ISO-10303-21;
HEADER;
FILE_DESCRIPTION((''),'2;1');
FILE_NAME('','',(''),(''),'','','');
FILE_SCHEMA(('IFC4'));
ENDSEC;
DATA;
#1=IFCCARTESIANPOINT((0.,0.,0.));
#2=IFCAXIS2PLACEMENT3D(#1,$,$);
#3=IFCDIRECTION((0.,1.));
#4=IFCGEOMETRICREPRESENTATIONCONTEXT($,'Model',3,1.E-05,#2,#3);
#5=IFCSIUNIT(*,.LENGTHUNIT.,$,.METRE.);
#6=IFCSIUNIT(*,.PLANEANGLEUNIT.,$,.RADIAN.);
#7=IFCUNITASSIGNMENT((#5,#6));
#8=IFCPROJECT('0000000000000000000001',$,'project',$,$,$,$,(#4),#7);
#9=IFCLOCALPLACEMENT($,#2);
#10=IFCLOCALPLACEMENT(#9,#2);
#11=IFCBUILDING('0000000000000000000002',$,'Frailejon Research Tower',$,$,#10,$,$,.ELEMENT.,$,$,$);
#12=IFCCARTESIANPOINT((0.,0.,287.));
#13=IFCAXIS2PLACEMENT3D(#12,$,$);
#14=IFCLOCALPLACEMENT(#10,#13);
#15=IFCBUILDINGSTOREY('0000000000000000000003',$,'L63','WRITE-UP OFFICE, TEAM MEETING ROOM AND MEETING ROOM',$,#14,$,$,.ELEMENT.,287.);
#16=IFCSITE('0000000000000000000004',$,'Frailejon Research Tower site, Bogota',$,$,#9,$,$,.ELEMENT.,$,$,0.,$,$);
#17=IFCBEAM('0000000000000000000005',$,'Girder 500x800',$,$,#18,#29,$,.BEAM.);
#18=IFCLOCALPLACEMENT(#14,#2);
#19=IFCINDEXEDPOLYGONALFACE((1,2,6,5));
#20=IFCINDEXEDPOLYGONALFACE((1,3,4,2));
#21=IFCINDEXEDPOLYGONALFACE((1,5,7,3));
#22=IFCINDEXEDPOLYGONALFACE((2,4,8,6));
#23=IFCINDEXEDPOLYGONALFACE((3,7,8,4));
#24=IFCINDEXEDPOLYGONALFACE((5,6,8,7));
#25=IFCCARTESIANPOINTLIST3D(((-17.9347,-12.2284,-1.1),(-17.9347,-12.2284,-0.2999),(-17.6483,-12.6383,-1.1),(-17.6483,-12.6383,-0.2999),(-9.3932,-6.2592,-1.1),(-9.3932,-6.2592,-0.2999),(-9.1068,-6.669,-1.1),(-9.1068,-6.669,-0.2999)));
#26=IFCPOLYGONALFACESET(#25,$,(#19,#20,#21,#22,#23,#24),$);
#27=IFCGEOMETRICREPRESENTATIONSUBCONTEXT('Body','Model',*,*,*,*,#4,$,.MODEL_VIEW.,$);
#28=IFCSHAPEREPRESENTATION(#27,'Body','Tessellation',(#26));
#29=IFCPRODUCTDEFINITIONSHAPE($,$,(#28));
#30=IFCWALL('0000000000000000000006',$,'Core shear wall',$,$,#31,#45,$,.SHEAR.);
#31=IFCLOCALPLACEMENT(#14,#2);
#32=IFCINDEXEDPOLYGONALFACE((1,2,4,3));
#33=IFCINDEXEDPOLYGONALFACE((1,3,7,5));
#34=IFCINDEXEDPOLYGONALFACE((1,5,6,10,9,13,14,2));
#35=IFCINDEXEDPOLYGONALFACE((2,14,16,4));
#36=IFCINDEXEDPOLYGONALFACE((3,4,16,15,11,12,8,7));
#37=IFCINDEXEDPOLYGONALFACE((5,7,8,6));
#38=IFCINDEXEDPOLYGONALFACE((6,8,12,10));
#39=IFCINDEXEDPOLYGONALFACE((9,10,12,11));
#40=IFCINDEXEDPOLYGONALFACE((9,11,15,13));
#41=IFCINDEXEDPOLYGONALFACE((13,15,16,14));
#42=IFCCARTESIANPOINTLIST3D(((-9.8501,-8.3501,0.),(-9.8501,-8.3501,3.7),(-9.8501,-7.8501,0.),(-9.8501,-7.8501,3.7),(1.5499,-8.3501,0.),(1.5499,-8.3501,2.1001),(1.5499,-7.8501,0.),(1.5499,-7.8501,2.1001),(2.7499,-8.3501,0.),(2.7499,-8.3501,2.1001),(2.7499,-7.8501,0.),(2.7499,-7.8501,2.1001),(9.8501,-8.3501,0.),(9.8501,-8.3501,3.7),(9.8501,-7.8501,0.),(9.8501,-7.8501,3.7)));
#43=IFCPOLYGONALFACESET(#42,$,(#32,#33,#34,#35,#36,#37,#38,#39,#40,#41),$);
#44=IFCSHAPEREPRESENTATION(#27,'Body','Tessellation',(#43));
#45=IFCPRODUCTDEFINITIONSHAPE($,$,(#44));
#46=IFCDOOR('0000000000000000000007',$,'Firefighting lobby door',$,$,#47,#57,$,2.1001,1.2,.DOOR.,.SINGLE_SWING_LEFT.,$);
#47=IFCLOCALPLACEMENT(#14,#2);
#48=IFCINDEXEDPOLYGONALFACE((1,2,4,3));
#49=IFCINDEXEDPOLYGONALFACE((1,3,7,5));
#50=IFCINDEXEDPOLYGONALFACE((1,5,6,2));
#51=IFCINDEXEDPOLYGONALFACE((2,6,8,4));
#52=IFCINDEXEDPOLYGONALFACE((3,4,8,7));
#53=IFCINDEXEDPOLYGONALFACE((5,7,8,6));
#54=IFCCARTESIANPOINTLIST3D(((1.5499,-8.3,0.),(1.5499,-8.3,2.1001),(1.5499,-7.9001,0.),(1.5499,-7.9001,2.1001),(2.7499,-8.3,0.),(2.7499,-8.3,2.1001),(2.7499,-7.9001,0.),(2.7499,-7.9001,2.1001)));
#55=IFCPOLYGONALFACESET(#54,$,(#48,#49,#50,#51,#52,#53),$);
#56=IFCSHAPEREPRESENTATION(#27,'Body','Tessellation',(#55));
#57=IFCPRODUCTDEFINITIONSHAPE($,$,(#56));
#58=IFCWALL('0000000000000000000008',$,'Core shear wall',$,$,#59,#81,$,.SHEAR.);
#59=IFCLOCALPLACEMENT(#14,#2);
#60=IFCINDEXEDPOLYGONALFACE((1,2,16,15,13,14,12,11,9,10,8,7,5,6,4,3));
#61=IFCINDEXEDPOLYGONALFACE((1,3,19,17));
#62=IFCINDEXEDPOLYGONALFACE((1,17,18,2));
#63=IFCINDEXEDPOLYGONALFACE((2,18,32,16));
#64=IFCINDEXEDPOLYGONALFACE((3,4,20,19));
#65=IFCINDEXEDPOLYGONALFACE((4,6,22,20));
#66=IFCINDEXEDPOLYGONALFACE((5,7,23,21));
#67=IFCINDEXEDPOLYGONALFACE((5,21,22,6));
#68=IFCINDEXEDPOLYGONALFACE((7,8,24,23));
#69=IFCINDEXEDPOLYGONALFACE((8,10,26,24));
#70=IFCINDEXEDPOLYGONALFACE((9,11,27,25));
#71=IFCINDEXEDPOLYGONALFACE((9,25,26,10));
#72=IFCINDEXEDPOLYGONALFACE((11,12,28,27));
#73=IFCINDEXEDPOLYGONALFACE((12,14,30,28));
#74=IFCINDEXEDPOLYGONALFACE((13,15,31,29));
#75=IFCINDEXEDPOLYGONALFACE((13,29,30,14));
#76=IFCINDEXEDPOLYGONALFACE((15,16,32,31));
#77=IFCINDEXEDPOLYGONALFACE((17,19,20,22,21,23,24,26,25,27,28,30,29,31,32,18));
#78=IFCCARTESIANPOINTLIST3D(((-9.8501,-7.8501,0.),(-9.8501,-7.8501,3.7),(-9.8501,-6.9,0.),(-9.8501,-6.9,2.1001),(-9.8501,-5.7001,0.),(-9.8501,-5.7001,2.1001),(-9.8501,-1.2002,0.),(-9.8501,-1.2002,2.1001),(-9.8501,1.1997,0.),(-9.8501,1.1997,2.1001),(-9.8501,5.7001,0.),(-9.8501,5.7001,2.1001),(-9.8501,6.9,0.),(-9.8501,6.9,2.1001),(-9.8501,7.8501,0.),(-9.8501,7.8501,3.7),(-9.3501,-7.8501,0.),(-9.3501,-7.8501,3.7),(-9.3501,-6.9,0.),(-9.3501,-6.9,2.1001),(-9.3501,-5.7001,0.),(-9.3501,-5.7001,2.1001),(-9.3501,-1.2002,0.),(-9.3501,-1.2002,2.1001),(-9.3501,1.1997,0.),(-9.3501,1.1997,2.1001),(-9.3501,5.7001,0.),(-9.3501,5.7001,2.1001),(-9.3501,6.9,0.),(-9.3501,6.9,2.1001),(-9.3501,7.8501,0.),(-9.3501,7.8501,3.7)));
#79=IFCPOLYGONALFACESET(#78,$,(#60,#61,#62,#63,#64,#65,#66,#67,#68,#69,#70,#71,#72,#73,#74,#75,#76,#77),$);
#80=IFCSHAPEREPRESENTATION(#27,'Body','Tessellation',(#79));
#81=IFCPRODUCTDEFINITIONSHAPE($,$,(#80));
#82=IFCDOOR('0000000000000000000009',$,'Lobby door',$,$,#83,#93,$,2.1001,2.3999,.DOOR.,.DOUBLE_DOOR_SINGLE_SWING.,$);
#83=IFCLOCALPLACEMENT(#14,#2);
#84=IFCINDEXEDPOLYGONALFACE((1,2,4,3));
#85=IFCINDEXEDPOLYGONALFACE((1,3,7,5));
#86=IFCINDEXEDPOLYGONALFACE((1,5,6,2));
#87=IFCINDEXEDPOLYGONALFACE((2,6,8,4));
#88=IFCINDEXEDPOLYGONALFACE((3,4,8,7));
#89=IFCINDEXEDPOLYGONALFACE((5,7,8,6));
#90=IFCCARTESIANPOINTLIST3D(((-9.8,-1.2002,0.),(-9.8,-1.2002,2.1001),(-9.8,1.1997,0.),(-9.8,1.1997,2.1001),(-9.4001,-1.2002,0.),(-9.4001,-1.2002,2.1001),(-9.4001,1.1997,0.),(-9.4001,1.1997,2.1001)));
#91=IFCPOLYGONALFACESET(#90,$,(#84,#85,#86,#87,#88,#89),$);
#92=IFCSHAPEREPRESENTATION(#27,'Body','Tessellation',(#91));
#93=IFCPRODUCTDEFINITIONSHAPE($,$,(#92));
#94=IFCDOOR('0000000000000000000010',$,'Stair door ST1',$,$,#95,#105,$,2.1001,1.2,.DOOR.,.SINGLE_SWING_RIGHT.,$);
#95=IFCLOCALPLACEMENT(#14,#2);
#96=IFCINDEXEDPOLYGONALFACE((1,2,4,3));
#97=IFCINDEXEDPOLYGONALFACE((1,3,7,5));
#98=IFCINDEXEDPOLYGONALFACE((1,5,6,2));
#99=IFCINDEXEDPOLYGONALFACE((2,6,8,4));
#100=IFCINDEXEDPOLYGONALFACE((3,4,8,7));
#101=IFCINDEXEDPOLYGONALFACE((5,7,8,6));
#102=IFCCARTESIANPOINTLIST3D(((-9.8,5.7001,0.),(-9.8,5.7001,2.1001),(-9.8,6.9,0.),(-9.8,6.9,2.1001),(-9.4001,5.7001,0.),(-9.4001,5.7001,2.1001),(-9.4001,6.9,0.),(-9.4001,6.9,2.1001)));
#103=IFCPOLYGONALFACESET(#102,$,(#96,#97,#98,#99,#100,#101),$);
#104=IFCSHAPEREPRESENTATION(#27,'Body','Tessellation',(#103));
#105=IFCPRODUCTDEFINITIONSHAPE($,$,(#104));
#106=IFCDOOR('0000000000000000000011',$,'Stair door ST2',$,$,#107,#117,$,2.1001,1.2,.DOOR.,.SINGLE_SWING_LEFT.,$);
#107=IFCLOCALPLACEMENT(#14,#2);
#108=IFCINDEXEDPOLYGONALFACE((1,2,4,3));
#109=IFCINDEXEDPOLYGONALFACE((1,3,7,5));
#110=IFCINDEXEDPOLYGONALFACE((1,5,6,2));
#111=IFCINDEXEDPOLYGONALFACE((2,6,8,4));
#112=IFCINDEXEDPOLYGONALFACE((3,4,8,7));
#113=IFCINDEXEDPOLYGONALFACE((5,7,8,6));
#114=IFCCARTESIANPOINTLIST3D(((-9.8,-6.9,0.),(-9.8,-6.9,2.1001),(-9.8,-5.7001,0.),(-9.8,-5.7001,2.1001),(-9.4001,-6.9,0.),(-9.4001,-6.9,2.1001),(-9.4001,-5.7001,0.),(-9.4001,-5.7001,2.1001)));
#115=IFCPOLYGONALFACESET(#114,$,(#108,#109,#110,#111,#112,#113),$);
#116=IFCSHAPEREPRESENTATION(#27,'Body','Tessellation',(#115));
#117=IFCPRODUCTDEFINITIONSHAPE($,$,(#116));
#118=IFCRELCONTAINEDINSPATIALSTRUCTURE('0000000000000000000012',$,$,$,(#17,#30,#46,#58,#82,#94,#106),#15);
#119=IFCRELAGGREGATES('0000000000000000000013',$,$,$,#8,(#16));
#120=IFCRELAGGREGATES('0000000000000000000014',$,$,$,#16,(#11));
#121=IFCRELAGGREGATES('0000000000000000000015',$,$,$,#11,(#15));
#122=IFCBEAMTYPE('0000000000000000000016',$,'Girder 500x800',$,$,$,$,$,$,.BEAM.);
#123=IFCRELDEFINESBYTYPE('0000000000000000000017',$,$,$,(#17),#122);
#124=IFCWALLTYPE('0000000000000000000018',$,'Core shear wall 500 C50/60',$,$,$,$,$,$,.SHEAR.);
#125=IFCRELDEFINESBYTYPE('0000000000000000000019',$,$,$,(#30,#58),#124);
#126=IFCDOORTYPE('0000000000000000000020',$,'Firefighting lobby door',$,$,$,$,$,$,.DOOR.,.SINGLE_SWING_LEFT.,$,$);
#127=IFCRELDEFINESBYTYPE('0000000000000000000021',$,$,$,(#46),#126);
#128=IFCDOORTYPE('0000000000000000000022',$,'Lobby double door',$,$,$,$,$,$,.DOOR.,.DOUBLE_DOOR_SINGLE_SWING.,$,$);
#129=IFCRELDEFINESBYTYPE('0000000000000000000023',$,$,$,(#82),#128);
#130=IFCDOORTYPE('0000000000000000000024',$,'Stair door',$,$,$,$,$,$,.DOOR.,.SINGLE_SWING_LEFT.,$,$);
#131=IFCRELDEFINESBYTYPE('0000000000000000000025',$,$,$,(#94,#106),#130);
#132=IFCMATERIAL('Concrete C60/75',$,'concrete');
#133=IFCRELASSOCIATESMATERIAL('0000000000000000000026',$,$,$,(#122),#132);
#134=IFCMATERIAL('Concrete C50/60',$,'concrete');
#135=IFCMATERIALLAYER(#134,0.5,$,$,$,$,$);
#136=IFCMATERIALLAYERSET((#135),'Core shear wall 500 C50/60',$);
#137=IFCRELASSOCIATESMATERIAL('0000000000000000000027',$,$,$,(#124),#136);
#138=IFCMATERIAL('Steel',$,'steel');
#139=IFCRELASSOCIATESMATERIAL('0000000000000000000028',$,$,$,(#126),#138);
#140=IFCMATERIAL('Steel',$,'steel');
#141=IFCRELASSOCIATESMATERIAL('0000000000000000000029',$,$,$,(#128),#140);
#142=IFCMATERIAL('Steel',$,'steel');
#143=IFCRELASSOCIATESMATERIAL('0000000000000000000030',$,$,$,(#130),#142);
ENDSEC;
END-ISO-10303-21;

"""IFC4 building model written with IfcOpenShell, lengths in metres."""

from ifc_helpers import new_model, si_unit, direction, frame, frame_2d, origin, origin_2d, place, context, subcontext, project, spatial, rectangle, extrude, material, layer, layer_set, material_profile, profile_set, type_object, element, fill, save


model = new_model("IFC4")

# Units and contexts
model_context = context("Model", 3, precision=1e-05, world=origin(), true_north=direction((0.0, 1.0)))
body_context = subcontext(model_context, "Body", "Model", "MODEL_VIEW")
ifc_project = project(units=[si_unit("LENGTHUNIT", "METRE"), si_unit("PLANEANGLEUNIT", "RADIAN")], contexts=[model_context])

# Site, building, storey
site_placement = place(None, origin())
site = spatial("IfcSite", under=ifc_project, at=site_placement, Name="Frailejon Research Tower site, Bogota", CompositionType="ELEMENT", RefElevation=0.0)
building_placement = place(site_placement, origin())
building = spatial("IfcBuilding", under=site, at=building_placement, Name="Frailejon Research Tower", CompositionType="ELEMENT")
storey_placement = place(building_placement, frame((0.0, 0.0, 287.0)))
storey = spatial("IfcBuildingStorey", under=building, at=storey_placement, Name="L63", Description="WRITE-UP OFFICE, TEAM MEETING ROOM AND MEETING ROOM", CompositionType="ELEMENT", Elevation=287.0)

# Beam
ifc_material_1 = material(Name="Concrete C60/75", Category="concrete")
ifc_material_profile = material_profile(ifc_material_1, rectangle(XDim=0.5, YDim=0.8, at=origin_2d()), Name="Girder 500x800")
ifc_profile_set = profile_set([ifc_material_profile], Name="Concrete C60/75")
beam_type = type_object("IfcBeamType", Name="Girder 500x800", PredefinedType="BEAM", material=ifc_profile_set)
beam_placement = place(storey_placement, frame((-17.7915, -12.4333, -0.7), z_axis=(0.819674, 0.57283, 0.0), x_axis=(-0.57283, 0.819674, 0.0)))
element("IfcBeam", 1, at=beam_placement, inside=storey, type_object=beam_type, Name="Girder 500x800", PredefinedType="BEAM", context=body_context, shape_type="SweptSolid", body=[
    extrude(rectangle(XDim=0.5, YDim=0.8, at=origin_2d()), origin(), (0.0, 0.0, 1.0), 10.4207),
])

# Wall, opening, door
ifc_material_2 = material(Name="Concrete C50/60", Category="concrete")
ifc_layer_1 = layer(ifc_material_2, 0.5)
ifc_layer_set_1 = layer_set([ifc_layer_1], Name="Core shear wall 500 C50/60")
wall_type_1 = type_object("IfcWallType", Name="Core shear wall 500 C50/60", PredefinedType="SHEAR", material=ifc_layer_set_1)
wall_1_placement = place(storey_placement, frame((-9.8501, -8.1001, 0.0), z_axis=(0.0, 0.0, 1.0), x_axis=(1.0, 0.0, 0.0)))
wall_1 = element("IfcWall", 2, at=wall_1_placement, inside=storey, type_object=wall_type_1, Name="Core shear wall", PredefinedType="SHEAR", context=body_context, shape_type="SweptSolid", body=[
    extrude(rectangle(XDim=19.7002, YDim=0.5, at=frame_2d((9.8501, 0.0))), origin(), (0.0, 0.0, 1.0), 3.7),
])
opening_1_placement = place(wall_1_placement, frame((11.3999, 0.0, 0.0)))
opening_1 = element("IfcOpeningElement", 3, at=opening_1_placement, cuts=wall_1, PredefinedType="OPENING", context=body_context, shape_type="SweptSolid", body=[
    extrude(rectangle(XDim=1.2, YDim=2.1001, at=frame_2d((0.6001, 1.05))), frame((0.0, 0.26, 0.0), z_axis=(0.0, -1.0, 0.0), x_axis=(1.0, 0.0, 0.0)), (0.0, 0.0, 1.0), 0.52),
])
ifc_material_3 = material(Name="Steel", Category="steel")
door_type_1 = type_object("IfcDoorType", Name="Firefighting lobby door", OperationType="SINGLE_SWING_LEFT", PredefinedType="DOOR", material=ifc_material_3)
door_1_placement = place(opening_1_placement, origin())
door_1 = element("IfcDoor", 4, at=door_1_placement, inside=storey, type_object=door_type_1, Name="Firefighting lobby door", OperationType="SINGLE_SWING_LEFT", OverallHeight=2.1001, OverallWidth=1.2, PredefinedType="DOOR", context=body_context, shape_type="SweptSolid", body=[
    extrude(rectangle(XDim=1.2, YDim=2.1001, at=frame_2d((0.6001, 1.05))), frame((0.0, 0.2, 0.0), z_axis=(0.0, -1.0, 0.0), x_axis=(1.0, 0.0, 0.0)), (0.0, 0.0, 1.0), 0.3999),
])
fill(opening_1, door_1)

# Wall, openings, doors
wall_2_placement = place(storey_placement, frame((-9.6001, -7.8501, 0.0), z_axis=(0.0, 0.0, 1.0), x_axis=(0.0, 1.0, 0.0)))
wall_2 = element("IfcWall", 5, at=wall_2_placement, inside=storey, type_object=wall_type_1, Name="Core shear wall", PredefinedType="SHEAR", context=body_context, shape_type="SweptSolid", body=[
    extrude(rectangle(XDim=15.7002, YDim=0.5, at=frame_2d((7.8501, 0.0))), origin(), (0.0, 0.0, 1.0), 3.7),
])
opening_2_placement = place(wall_2_placement, frame((6.6499, 0.0, 0.0)))
opening_2 = element("IfcOpeningElement", 6, at=opening_2_placement, cuts=wall_2, PredefinedType="OPENING", context=body_context, shape_type="SweptSolid", body=[
    extrude(rectangle(XDim=2.3999, YDim=2.1001, at=frame_2d((1.2, 1.05))), frame((0.0, 0.26, 0.0), z_axis=(0.0, -1.0, 0.0), x_axis=(1.0, 0.0, 0.0)), (0.0, 0.0, 1.0), 0.52),
])
opening_3_placement = place(wall_2_placement, frame((13.55, 0.0, 0.0)))
opening_3 = element("IfcOpeningElement", 7, at=opening_3_placement, cuts=wall_2, PredefinedType="OPENING", context=body_context, shape_type="SweptSolid", body=[
    extrude(rectangle(XDim=1.2, YDim=2.1001, at=frame_2d((0.6001, 1.05))), frame((0.0, 0.26, 0.0), z_axis=(0.0, -1.0, 0.0), x_axis=(1.0, 0.0, 0.0)), (0.0, 0.0, 1.0), 0.52),
])
opening_4_placement = place(wall_2_placement, frame((0.95, 0.0, 0.0)))
opening_4 = element("IfcOpeningElement", 8, at=opening_4_placement, cuts=wall_2, PredefinedType="OPENING", context=body_context, shape_type="SweptSolid", body=[
    extrude(rectangle(XDim=1.2, YDim=2.1001, at=frame_2d((0.6001, 1.05))), frame((0.0, 0.26, 0.0), z_axis=(0.0, -1.0, 0.0), x_axis=(1.0, 0.0, 0.0)), (0.0, 0.0, 1.0), 0.52),
])
ifc_material_4 = material(Name="Steel", Category="steel")
door_type_2 = type_object("IfcDoorType", Name="Lobby double door", OperationType="DOUBLE_DOOR_SINGLE_SWING", PredefinedType="DOOR", material=ifc_material_4)
door_2_placement = place(opening_2_placement, origin())
door_2 = element("IfcDoor", 9, at=door_2_placement, inside=storey, type_object=door_type_2, Name="Lobby door", OperationType="DOUBLE_DOOR_SINGLE_SWING", OverallHeight=2.1001, OverallWidth=2.3999, PredefinedType="DOOR", context=body_context, shape_type="SweptSolid", body=[
    extrude(rectangle(XDim=2.3999, YDim=2.1001, at=frame_2d((1.2, 1.05))), frame((0.0, 0.2, 0.0), z_axis=(0.0, -1.0, 0.0), x_axis=(1.0, 0.0, 0.0)), (0.0, 0.0, 1.0), 0.3999),
])
fill(opening_2, door_2)
ifc_material_5 = material(Name="Steel", Category="steel")
door_type_3 = type_object("IfcDoorType", Name="Stair door", OperationType="SINGLE_SWING_LEFT", PredefinedType="DOOR", material=ifc_material_5)
door_3_placement = place(opening_3_placement, origin())
door_3 = element("IfcDoor", 10, at=door_3_placement, inside=storey, type_object=door_type_3, Name="Stair door ST1", OperationType="SINGLE_SWING_RIGHT", OverallHeight=2.1001, OverallWidth=1.2, PredefinedType="DOOR", context=body_context, shape_type="SweptSolid", body=[
    extrude(rectangle(XDim=1.2, YDim=2.1001, at=frame_2d((0.6001, 1.05))), frame((0.0, 0.2, 0.0), z_axis=(0.0, -1.0, 0.0), x_axis=(1.0, 0.0, 0.0)), (0.0, 0.0, 1.0), 0.3999),
])
fill(opening_3, door_3)
door_4_placement = place(opening_4_placement, origin())
door_4 = element("IfcDoor", 11, at=door_4_placement, inside=storey, type_object=door_type_3, Name="Stair door ST2", OperationType="SINGLE_SWING_LEFT", OverallHeight=2.1001, OverallWidth=1.2, PredefinedType="DOOR", context=body_context, shape_type="SweptSolid", body=[
    extrude(rectangle(XDim=1.2, YDim=2.1001, at=frame_2d((0.6001, 1.05))), frame((0.0, 0.2, 0.0), z_axis=(0.0, -1.0, 0.0), x_axis=(1.0, 0.0, 0.0)), (0.0, 0.0, 1.0), 0.3999),
])
fill(opening_4, door_4)

save(model, "model.ifc")
